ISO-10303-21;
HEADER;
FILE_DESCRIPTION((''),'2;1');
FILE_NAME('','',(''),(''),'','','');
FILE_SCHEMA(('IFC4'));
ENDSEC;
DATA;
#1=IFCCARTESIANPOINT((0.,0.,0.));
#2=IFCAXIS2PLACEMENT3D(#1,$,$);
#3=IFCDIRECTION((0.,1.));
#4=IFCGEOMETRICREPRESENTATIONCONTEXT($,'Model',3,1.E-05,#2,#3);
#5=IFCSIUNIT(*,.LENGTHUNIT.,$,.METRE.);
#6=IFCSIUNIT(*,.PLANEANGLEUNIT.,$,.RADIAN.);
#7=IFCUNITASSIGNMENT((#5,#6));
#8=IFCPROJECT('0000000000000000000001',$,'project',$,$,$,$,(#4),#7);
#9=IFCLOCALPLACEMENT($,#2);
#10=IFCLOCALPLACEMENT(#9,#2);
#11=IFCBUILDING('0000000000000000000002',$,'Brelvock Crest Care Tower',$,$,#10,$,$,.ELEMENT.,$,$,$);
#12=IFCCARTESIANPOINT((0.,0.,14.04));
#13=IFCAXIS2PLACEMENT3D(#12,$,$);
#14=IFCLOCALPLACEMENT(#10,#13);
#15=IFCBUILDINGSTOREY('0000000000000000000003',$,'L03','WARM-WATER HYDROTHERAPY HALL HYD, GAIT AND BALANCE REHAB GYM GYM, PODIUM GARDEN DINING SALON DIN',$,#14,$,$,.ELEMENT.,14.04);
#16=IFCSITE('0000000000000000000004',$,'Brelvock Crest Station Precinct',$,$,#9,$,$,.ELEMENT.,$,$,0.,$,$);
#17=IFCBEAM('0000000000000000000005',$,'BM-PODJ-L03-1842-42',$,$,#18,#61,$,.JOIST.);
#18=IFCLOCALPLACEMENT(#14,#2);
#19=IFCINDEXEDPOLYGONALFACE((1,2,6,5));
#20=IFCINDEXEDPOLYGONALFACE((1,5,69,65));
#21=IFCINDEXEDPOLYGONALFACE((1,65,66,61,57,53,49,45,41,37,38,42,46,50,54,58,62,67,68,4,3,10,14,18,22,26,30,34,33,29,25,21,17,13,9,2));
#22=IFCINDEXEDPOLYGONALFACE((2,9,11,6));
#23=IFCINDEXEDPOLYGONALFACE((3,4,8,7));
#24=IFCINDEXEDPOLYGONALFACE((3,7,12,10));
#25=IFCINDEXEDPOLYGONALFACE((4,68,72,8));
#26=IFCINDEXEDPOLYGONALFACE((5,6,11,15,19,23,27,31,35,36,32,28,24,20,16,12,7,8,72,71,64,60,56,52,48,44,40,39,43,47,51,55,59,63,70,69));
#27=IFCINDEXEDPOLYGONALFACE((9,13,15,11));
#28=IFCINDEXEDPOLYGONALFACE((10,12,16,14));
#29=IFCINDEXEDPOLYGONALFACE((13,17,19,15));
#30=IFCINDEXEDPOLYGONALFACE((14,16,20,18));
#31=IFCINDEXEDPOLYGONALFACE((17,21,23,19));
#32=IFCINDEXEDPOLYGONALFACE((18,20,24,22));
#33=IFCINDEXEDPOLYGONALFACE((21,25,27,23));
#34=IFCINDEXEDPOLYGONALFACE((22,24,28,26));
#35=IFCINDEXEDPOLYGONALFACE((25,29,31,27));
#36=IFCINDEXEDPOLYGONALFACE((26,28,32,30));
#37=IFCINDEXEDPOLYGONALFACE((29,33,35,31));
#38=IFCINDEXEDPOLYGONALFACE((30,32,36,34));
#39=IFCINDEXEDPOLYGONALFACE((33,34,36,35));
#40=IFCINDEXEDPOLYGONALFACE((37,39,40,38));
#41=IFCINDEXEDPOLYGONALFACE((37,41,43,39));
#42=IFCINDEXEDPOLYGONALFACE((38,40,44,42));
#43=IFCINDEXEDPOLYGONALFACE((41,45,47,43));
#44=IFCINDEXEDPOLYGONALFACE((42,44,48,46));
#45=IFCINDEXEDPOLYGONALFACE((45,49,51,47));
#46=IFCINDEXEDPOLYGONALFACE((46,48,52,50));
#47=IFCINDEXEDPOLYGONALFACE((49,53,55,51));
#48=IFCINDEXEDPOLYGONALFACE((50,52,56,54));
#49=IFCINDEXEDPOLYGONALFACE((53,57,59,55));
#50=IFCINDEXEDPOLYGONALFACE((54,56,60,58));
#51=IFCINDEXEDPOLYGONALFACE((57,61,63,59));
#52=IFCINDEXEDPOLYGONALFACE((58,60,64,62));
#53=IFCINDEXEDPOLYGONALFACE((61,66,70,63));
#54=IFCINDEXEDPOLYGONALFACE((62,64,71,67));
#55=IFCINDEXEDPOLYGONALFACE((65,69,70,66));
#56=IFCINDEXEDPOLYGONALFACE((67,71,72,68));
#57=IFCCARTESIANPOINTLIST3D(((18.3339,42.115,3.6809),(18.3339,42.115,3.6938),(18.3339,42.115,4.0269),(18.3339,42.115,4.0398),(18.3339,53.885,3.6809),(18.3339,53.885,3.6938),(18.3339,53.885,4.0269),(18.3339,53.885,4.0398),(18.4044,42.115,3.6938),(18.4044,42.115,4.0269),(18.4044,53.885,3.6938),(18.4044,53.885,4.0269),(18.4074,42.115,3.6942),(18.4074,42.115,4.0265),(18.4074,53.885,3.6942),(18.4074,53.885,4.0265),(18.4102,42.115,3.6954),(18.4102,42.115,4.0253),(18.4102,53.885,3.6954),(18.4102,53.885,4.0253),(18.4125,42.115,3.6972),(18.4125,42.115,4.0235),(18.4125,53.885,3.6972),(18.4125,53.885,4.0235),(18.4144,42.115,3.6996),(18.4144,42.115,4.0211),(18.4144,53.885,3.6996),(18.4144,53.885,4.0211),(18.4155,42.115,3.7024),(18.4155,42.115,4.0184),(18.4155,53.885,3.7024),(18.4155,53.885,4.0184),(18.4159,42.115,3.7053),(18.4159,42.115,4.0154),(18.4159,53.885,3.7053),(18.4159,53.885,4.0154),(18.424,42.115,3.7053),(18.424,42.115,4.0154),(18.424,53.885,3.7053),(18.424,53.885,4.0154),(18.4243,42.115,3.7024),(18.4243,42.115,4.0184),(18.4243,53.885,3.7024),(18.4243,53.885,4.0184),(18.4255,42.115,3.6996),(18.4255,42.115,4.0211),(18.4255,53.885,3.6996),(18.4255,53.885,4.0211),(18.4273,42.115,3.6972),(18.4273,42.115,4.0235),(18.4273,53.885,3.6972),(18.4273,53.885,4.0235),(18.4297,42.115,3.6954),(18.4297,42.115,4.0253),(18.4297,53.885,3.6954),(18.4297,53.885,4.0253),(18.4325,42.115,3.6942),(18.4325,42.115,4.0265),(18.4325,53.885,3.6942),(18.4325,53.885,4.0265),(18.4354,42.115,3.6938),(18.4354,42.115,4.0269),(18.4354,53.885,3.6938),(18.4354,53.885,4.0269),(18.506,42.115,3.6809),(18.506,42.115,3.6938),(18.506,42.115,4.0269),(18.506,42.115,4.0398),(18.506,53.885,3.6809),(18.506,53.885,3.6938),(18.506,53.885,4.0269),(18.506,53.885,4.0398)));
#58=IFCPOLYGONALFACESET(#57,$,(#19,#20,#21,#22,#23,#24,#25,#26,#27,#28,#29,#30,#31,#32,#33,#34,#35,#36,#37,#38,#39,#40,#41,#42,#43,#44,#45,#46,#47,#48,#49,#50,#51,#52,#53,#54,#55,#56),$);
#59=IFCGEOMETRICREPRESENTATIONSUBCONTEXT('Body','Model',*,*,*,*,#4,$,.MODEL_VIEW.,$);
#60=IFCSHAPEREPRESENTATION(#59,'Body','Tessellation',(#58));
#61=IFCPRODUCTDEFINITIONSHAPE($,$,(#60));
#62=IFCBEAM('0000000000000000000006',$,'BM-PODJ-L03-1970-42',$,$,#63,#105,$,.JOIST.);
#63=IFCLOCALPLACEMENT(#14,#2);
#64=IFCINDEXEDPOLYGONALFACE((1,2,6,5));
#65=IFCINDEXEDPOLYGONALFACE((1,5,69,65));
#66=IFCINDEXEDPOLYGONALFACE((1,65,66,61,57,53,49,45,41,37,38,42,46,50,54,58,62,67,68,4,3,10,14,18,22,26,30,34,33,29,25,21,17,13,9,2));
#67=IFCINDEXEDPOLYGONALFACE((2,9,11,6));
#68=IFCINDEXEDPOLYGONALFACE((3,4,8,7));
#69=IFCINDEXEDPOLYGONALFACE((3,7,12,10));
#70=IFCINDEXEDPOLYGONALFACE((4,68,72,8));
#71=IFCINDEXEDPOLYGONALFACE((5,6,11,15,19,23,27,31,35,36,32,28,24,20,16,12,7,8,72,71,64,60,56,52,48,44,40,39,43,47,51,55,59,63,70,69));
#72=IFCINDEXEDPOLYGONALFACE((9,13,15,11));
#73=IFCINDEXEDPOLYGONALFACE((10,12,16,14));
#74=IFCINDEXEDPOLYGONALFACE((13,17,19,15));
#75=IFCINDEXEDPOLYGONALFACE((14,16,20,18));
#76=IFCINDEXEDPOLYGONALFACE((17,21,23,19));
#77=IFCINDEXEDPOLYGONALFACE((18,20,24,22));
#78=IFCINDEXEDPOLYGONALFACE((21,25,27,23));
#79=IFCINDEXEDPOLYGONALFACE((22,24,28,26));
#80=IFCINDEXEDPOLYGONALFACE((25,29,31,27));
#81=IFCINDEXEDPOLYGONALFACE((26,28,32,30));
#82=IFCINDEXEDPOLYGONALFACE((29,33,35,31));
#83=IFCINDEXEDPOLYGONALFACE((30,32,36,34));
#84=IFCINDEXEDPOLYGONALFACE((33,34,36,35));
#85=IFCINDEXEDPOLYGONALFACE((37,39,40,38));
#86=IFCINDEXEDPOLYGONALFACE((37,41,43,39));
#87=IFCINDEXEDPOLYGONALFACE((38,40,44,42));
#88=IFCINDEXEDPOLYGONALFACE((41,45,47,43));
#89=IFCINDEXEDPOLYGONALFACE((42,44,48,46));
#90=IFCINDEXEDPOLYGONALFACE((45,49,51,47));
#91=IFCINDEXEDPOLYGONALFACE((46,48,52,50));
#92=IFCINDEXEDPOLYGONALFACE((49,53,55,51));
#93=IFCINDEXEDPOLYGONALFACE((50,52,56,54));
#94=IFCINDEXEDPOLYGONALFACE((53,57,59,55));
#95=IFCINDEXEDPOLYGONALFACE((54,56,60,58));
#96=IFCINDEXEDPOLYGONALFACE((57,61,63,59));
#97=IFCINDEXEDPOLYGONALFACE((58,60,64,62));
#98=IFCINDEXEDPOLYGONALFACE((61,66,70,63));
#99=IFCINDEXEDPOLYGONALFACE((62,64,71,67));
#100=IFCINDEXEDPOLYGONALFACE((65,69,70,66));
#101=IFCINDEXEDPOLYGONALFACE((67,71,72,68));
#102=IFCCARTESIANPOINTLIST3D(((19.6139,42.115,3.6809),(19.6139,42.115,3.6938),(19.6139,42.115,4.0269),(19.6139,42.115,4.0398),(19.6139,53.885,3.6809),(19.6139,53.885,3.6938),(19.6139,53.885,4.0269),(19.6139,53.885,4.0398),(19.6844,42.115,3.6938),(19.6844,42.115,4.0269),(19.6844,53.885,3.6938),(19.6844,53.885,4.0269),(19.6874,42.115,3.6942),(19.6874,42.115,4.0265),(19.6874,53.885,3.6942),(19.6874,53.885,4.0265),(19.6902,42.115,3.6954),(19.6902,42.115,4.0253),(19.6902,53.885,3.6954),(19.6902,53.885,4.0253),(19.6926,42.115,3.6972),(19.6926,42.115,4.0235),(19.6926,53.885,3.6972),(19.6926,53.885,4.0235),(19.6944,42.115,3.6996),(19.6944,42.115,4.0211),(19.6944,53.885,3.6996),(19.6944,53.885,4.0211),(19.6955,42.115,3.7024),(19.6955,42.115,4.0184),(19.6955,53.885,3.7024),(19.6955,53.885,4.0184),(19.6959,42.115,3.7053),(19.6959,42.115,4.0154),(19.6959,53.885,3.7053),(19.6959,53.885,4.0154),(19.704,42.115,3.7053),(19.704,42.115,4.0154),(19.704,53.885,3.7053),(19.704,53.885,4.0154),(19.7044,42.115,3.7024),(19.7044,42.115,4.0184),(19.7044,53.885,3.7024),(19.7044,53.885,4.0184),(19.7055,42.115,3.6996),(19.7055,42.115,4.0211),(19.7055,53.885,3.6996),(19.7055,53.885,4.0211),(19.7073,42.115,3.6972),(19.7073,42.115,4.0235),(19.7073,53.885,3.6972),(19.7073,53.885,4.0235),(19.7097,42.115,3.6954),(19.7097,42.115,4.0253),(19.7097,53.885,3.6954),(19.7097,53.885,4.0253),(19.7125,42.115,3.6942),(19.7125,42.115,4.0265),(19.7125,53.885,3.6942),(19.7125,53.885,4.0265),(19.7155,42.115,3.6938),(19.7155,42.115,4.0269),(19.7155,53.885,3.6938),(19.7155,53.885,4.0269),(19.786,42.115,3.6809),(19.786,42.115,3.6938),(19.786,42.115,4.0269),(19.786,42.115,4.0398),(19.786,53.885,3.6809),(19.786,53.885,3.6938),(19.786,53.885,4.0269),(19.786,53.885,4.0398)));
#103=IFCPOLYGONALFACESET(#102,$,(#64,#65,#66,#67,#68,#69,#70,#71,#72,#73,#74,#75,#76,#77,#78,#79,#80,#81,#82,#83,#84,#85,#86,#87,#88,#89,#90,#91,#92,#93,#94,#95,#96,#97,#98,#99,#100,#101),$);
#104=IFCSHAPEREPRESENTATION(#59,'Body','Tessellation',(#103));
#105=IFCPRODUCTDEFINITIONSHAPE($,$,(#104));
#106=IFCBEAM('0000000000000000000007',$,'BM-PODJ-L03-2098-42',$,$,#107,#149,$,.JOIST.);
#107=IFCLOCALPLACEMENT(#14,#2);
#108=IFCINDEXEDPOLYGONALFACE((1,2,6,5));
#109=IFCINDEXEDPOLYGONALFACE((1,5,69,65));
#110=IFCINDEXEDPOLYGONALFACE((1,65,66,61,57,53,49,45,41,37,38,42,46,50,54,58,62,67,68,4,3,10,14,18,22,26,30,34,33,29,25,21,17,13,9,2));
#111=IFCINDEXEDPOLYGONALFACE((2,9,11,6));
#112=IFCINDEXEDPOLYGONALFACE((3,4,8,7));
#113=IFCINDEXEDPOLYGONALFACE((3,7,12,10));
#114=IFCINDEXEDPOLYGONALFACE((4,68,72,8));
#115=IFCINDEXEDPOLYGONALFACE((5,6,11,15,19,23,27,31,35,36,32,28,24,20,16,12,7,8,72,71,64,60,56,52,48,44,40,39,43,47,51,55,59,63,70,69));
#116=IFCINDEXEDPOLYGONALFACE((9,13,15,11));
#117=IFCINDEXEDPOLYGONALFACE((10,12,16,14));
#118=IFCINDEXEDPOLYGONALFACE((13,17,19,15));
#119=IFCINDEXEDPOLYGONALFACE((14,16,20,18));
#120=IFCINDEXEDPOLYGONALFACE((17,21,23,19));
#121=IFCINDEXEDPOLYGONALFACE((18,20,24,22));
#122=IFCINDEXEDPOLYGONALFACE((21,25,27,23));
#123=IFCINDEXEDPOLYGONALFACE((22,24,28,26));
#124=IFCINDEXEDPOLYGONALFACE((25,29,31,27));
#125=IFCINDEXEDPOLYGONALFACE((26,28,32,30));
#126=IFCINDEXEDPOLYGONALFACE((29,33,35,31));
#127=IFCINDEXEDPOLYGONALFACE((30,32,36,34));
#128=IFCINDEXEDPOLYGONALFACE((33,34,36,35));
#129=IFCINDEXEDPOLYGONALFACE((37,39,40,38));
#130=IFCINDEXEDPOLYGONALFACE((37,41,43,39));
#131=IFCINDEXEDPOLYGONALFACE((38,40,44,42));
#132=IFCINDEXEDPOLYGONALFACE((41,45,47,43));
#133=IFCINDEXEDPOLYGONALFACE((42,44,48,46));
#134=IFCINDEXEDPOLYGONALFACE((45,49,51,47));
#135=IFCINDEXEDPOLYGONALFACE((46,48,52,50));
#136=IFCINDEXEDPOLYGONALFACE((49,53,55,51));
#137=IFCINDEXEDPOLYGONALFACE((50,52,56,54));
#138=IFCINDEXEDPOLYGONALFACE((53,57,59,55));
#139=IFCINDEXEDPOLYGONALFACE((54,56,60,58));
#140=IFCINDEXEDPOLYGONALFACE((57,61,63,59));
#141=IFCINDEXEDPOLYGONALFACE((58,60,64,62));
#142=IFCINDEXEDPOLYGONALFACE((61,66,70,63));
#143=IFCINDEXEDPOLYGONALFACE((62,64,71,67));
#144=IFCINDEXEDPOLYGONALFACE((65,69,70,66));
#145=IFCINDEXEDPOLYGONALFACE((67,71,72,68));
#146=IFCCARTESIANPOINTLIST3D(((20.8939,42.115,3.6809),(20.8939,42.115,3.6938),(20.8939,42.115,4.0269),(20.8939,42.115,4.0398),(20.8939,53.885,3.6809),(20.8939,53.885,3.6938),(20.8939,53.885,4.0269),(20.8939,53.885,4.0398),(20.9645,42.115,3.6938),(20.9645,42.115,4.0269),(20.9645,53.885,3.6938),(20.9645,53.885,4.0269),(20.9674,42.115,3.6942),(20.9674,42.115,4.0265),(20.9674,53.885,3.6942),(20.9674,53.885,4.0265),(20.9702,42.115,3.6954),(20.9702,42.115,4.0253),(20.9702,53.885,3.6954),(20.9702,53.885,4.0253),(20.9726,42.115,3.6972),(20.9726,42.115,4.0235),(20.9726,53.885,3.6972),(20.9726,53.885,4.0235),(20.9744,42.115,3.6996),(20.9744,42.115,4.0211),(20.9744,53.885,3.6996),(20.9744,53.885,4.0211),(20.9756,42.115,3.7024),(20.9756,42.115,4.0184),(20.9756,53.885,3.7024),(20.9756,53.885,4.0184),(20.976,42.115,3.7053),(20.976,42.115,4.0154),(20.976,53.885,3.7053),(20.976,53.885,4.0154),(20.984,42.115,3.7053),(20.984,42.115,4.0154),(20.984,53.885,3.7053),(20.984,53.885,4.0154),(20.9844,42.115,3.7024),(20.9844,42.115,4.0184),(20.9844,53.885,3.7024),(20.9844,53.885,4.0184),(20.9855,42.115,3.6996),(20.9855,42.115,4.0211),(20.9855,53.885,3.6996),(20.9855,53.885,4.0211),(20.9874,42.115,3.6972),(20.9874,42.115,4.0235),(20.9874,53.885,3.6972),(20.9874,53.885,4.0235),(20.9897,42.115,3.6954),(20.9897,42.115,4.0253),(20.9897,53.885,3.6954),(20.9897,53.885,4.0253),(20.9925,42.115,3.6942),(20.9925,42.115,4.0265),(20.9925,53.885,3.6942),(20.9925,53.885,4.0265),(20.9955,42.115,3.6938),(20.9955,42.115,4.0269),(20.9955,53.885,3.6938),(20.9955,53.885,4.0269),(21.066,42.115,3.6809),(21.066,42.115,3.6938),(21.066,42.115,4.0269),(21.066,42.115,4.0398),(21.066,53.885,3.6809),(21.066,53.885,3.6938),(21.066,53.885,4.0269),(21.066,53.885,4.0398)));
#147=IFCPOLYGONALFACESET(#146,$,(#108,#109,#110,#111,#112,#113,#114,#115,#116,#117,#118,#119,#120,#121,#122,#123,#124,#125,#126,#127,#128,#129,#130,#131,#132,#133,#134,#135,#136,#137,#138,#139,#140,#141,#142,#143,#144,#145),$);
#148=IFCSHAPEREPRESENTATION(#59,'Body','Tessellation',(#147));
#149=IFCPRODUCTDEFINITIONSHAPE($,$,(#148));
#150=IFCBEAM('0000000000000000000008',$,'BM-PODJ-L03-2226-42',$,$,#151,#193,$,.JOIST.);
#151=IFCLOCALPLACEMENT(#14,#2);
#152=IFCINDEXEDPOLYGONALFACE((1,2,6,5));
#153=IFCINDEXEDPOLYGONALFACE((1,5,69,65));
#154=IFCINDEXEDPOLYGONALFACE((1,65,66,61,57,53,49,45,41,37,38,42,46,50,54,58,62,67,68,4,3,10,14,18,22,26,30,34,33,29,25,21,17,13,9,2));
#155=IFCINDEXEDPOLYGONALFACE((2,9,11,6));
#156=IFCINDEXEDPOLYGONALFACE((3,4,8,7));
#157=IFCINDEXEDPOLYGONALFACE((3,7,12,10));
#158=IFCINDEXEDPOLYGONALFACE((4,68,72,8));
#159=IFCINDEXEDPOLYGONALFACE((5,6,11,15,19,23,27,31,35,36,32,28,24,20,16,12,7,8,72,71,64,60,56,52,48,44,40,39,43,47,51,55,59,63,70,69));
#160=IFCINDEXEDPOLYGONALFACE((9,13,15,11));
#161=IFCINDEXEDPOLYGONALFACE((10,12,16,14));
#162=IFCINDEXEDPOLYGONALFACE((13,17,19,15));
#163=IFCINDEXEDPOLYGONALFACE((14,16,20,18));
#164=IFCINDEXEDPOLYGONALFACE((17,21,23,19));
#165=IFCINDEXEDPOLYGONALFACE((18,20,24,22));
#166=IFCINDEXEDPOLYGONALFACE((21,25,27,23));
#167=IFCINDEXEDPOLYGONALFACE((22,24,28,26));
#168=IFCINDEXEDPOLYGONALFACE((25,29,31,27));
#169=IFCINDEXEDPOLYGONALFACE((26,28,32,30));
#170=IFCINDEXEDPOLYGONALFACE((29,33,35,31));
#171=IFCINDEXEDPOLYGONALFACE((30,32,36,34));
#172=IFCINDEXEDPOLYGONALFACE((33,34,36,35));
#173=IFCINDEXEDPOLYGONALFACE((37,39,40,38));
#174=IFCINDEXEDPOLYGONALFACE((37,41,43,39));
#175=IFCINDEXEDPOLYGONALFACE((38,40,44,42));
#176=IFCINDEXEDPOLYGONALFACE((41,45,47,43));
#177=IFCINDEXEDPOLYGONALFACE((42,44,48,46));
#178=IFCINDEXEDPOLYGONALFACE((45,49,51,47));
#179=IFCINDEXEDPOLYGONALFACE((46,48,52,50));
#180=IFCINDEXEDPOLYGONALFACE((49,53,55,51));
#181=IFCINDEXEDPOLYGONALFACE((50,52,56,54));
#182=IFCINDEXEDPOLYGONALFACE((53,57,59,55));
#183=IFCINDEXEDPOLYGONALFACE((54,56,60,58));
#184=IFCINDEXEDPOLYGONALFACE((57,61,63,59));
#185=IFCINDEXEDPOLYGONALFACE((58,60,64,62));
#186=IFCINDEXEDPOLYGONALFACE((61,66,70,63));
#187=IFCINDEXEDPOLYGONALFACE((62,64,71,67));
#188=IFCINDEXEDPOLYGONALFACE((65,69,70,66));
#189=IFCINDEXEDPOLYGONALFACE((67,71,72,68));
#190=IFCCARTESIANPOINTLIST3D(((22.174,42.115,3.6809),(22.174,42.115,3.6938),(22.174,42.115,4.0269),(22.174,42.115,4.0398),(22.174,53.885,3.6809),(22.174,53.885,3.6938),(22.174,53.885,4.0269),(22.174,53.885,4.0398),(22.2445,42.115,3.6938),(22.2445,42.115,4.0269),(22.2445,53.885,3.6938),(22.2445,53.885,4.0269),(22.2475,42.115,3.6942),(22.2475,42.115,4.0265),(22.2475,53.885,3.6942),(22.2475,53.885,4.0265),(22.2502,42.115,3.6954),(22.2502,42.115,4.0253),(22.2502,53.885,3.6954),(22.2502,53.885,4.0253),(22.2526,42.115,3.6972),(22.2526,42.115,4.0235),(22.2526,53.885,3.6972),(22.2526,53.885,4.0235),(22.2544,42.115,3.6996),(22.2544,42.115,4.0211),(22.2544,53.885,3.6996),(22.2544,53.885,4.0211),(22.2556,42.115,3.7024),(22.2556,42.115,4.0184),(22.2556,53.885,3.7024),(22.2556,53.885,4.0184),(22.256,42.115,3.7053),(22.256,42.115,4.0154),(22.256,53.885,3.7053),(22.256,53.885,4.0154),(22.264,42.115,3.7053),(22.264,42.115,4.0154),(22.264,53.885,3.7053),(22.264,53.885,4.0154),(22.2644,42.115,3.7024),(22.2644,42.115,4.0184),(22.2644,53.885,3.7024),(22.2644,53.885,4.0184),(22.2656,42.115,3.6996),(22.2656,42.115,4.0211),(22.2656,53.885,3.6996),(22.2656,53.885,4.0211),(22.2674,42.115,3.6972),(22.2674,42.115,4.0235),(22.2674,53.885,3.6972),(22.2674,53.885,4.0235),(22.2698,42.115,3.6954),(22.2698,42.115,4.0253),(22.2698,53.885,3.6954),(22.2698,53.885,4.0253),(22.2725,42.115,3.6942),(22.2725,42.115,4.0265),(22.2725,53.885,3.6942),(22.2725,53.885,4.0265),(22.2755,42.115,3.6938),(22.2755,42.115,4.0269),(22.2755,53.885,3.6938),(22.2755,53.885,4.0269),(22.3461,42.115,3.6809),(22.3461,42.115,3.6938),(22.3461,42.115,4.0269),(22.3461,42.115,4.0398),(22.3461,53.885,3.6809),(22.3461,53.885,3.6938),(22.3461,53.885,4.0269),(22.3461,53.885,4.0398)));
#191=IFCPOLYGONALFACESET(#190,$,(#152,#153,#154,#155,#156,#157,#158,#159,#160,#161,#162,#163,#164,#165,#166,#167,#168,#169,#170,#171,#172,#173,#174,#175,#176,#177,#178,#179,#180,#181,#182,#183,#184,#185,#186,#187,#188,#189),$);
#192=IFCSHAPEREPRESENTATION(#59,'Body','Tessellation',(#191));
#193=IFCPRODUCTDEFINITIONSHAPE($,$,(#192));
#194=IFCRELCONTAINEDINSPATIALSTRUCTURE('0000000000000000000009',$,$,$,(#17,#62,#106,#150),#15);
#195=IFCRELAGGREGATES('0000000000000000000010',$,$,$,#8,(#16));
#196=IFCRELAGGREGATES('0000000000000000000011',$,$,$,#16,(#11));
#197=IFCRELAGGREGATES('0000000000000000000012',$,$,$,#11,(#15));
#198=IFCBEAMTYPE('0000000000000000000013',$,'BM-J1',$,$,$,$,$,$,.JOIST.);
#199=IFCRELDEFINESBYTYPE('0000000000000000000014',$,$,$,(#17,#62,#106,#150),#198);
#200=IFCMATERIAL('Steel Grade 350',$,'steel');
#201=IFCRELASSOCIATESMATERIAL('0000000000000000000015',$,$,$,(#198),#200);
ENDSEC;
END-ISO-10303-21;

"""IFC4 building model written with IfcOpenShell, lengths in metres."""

from ifc_helpers import new_model, si_unit, direction, frame, origin, origin_2d, place, context, subcontext, project, spatial, i_section, extrude, source, transform, mapped, material, material_profile, profile_set, type_object, element, save


model = new_model("IFC4")

# Units and contexts
model_context = context("Model", 3, precision=1e-05, world=origin(), true_north=direction((0.0, 1.0)))
body_context = subcontext(model_context, "Body", "Model", "MODEL_VIEW")
ifc_project = project(units=[si_unit("LENGTHUNIT", "METRE"), si_unit("PLANEANGLEUNIT", "RADIAN")], contexts=[model_context])

# Site, building, storey
site_placement = place(None, origin())
site = spatial("IfcSite", under=ifc_project, at=site_placement, Name="Brelvock Crest Station Precinct", CompositionType="ELEMENT", RefElevation=0.0)
building_placement = place(site_placement, origin())
building = spatial("IfcBuilding", under=site, at=building_placement, Name="Brelvock Crest Care Tower", CompositionType="ELEMENT")
storey_placement = place(building_placement, frame((0.0, 0.0, 14.04)))
storey = spatial("IfcBuildingStorey", under=building, at=storey_placement, Name="L03", Description="WARM-WATER HYDROTHERAPY HALL HYD, GAIT AND BALANCE REHAB GYM GYM, PODIUM GARDEN DINING SALON DIN", CompositionType="ELEMENT", Elevation=14.04)

# Shared definitions
ifc_material_1 = material(Name="Steel Grade 350", Category="steel")

# Beams
ifc_material_profile_1 = material_profile(ifc_material_1, i_section(OverallWidth=0.1721, OverallDepth=0.3589, WebThickness=0.0081, FlangeThickness=0.0129, FilletRadius=0.0115, at=origin_2d()), Name="360UB56.7")
ifc_profile_set_1 = profile_set([ifc_material_profile_1], Name="Steel Grade 350")
beam_type_1 = type_object("IfcBeamType", Name="BM-J1", PredefinedType="JOIST", material=ifc_profile_set_1)
shared_shape_1 = source(origin(), body_context, "Body", "SweptSolid", [
    extrude(i_section(OverallWidth=0.1721, OverallDepth=0.3589, WebThickness=0.0081, FlangeThickness=0.0129, FilletRadius=0.0115, at=origin_2d()), origin(), (0.0, 0.0, 1.0), 11.77),
])
for number, where, z_axis, x_axis, name in (
    (1, (18.4199, 42.115, 3.8604), (0.0, 1.0, 0.0), (-1.0, 0.0, 0.0), "BM-PODJ-L03-1842-42"),
    (2, (19.7, 42.115, 3.8604), (0.0, 1.0, 0.0), (-1.0, 0.0, 0.0), "BM-PODJ-L03-1970-42"),
    (3, (20.98, 42.115, 3.8604), (0.0, 1.0, 0.0), (-1.0, 0.0, 0.0), "BM-PODJ-L03-2098-42"),
    (4, (22.26, 42.115, 3.8604), (0.0, 1.0, 0.0), (-1.0, 0.0, 0.0), "BM-PODJ-L03-2226-42"),
):
    element("IfcBeam", number, at=place(storey_placement, frame(where, z_axis=z_axis, x_axis=x_axis)), inside=storey, type_object=beam_type_1, Name=name, PredefinedType="JOIST", context=body_context, shape_type="MappedRepresentation", body=[
        mapped(shared_shape_1, transform((0.0, 0.0, 0.0), x_axis=(1.0, 0.0, 0.0), y_axis=(0.0, 1.0, 0.0), z_axis=(0.0, 0.0, 1.0), scale=1.0)),
    ])

save(model, "model.ifc")
